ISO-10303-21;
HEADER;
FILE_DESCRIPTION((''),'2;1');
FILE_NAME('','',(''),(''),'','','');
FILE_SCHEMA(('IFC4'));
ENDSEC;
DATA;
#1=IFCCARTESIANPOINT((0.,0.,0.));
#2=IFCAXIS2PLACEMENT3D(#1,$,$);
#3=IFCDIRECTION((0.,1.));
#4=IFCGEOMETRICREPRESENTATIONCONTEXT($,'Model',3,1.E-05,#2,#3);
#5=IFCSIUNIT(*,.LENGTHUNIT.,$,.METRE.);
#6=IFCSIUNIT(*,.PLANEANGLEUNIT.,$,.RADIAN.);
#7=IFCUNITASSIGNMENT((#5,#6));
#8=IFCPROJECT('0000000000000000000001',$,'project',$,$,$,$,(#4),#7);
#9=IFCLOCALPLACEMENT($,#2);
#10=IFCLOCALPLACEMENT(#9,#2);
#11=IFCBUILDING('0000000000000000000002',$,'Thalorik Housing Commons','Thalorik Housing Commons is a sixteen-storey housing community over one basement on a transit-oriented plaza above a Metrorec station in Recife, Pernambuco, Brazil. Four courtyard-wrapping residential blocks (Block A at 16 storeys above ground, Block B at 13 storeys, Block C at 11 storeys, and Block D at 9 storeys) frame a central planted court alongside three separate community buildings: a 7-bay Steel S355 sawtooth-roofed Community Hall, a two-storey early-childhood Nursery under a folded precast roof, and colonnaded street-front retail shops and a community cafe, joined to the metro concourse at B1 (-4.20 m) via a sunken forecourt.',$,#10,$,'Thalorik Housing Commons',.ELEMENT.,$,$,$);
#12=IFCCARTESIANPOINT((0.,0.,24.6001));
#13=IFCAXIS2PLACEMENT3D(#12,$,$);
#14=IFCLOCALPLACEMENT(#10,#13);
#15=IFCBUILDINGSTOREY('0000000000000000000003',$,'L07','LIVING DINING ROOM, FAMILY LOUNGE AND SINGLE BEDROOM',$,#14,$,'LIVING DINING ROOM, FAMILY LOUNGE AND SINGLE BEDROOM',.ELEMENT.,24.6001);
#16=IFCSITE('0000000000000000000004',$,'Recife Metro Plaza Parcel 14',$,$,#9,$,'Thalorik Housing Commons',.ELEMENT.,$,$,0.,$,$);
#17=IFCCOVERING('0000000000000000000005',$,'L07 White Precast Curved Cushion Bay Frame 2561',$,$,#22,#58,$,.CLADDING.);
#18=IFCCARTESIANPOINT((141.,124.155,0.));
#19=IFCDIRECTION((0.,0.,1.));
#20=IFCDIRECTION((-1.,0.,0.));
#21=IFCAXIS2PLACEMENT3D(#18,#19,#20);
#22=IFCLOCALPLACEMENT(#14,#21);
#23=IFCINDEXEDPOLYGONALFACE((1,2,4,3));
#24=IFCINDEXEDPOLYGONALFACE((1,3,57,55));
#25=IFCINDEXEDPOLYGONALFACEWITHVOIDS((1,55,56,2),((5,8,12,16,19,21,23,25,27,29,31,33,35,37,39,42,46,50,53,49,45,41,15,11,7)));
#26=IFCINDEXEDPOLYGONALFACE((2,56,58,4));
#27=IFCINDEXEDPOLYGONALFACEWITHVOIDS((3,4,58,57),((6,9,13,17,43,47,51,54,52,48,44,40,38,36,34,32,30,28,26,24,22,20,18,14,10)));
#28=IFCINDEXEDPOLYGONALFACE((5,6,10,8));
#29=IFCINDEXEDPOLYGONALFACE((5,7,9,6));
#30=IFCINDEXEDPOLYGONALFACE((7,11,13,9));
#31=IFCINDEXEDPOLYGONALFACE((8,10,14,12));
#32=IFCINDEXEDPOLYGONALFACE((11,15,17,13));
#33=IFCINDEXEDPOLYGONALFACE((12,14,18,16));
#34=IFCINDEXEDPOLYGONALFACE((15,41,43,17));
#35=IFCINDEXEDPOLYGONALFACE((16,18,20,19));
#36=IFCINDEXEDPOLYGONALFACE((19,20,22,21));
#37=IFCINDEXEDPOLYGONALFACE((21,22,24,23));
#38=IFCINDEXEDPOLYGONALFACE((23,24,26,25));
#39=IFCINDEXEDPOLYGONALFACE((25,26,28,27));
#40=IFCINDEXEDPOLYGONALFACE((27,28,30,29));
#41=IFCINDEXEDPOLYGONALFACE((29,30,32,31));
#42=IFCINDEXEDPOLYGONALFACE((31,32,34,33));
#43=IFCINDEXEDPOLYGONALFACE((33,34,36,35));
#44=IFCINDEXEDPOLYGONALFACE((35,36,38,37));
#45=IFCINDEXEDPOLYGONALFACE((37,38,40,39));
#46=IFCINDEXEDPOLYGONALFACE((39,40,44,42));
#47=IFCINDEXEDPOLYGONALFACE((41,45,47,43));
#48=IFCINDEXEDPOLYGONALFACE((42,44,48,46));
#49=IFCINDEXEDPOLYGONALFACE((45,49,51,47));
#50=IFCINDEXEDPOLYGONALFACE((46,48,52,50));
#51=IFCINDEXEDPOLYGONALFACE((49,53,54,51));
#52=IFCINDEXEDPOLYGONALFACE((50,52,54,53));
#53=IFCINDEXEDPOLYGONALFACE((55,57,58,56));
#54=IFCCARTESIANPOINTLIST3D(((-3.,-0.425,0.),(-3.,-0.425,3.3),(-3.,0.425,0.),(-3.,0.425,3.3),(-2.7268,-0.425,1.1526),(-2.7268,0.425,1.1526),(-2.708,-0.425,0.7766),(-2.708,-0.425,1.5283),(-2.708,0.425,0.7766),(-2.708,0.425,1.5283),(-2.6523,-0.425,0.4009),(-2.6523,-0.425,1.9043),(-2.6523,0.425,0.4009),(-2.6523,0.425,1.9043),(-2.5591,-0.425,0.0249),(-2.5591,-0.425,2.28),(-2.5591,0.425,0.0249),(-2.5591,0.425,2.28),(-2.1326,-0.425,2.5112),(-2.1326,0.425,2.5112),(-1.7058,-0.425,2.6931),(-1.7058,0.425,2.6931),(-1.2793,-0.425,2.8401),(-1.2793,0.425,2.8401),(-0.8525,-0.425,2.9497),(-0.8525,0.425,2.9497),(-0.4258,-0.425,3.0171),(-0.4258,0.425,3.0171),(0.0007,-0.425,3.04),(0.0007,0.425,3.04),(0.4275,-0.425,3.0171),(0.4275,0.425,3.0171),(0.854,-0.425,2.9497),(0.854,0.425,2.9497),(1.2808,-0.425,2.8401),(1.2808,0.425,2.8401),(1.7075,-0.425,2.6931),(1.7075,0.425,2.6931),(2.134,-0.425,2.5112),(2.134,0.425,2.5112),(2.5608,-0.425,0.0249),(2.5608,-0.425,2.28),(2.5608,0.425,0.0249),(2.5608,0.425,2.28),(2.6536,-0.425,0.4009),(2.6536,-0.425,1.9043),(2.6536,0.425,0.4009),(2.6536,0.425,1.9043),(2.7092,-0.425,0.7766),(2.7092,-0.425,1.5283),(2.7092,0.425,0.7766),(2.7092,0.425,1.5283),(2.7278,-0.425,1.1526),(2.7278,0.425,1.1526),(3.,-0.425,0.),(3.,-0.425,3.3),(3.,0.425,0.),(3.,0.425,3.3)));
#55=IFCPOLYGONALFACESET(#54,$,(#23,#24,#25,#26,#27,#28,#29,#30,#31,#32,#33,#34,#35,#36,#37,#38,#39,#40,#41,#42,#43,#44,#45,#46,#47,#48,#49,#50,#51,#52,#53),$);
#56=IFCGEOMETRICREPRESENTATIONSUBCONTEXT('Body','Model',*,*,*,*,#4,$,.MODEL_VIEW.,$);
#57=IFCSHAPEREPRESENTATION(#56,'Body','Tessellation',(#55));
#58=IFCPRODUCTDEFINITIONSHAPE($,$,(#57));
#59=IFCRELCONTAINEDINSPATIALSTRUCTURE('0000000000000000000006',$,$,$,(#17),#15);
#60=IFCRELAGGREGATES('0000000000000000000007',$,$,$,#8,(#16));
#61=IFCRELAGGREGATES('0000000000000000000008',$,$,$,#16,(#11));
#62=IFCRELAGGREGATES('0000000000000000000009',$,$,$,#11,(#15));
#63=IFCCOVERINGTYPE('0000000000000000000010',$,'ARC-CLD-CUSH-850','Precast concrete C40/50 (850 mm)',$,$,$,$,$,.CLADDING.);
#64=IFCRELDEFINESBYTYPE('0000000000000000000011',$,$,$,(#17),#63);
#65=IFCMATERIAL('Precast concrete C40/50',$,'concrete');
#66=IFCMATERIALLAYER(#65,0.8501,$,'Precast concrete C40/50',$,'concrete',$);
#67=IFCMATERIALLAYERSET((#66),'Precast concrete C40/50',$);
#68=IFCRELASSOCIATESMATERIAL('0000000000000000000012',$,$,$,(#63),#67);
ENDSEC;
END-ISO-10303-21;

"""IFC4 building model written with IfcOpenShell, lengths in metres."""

from ifc_helpers import new_model, si_unit, direction, frame, origin, place, context, subcontext, project, spatial, polyline, outline, extrude, material, layer, layer_set, type_object, element, save


model = new_model("IFC4")

# Units and contexts
model_context = context("Model", 3, precision=1e-05, world=origin(), true_north=direction((0.0, 1.0)))
body_context = subcontext(model_context, "Body", "Model", "MODEL_VIEW")
ifc_project = project(units=[si_unit("LENGTHUNIT", "METRE"), si_unit("PLANEANGLEUNIT", "RADIAN")], contexts=[model_context])

# Site, building, storey
site_placement = place(None, origin())
site = spatial("IfcSite", under=ifc_project, at=site_placement, Name="Recife Metro Plaza Parcel 14", LongName="Thalorik Housing Commons", CompositionType="ELEMENT", RefElevation=0.0)
building_placement = place(site_placement, origin())
building = spatial("IfcBuilding", under=site, at=building_placement, Name="Thalorik Housing Commons", Description="Thalorik Housing Commons is a sixteen-storey housing community over one basement on a transit-oriented plaza above a Metrorec station in Recife, Pernambuco, Brazil. Four courtyard-wrapping residential blocks (Block A at 16 storeys above ground, Block B at 13 storeys, Block C at 11 storeys, and Block D at 9 storeys) frame a central planted court alongside three separate community buildings: a 7-bay Steel S355 sawtooth-roofed Community Hall, a two-storey early-childhood Nursery under a folded precast roof, and colonnaded street-front retail shops and a community cafe, joined to the metro concourse at B1 (-4.20 m) via a sunken forecourt.", LongName="Thalorik Housing Commons", CompositionType="ELEMENT")
storey_placement = place(building_placement, frame((0.0, 0.0, 24.6001)))
storey = spatial("IfcBuildingStorey", under=building, at=storey_placement, Name="L07", Description="LIVING DINING ROOM, FAMILY LOUNGE AND SINGLE BEDROOM", LongName="LIVING DINING ROOM, FAMILY LOUNGE AND SINGLE BEDROOM", CompositionType="ELEMENT", Elevation=24.6001)

# Shared definitions
ifc_material_1 = material(Name="Precast concrete C40/50", Category="concrete")

# Covering
ifc_layer_1 = layer(ifc_material_1, 0.8501, Name="Precast concrete C40/50", Category="concrete")
ifc_layer_set_1 = layer_set([ifc_layer_1], Name="Precast concrete C40/50")
covering_type_1 = type_object("IfcCoveringType", Name="ARC-CLD-CUSH-850", Description="Precast concrete C40/50 (850 mm)", PredefinedType="CLADDING", material=ifc_layer_set_1)
covering_1_placement = place(storey_placement, frame((141.0, 124.155, 0.0), z_axis=(0.0, 0.0, 1.0), x_axis=(-1.0, 0.0, 0.0)))
element("IfcCovering", 1, at=covering_1_placement, inside=storey, type_object=covering_type_1, Name="L07 White Precast Curved Cushion Bay Frame 2561", PredefinedType="CLADDING", context=body_context, shape_type="SweptSolid", body=[
    extrude(outline(polyline([(-3.0, 0.0), (3.0, 0.0), (3.0, 3.3), (-3.0, 3.3), (-3.0, 0.0)]), holes=[polyline([(2.5608, 0.0249), (2.6536, 0.4009), (2.7092, 0.7766), (2.7278, 1.1526), (2.7092, 1.5283), (2.6536, 1.9043), (2.5608, 2.28), (2.134, 2.5112), (1.7075, 2.6931), (1.2808, 2.8401), (0.854, 2.9497), (0.4275, 3.0171), (0.0007, 3.04), (-0.4258, 3.0171), (-0.8525, 2.9497), (-1.2793, 2.8401), (-1.7058, 2.6931), (-2.1326, 2.5112), (-2.5591, 2.28), (-2.6523, 1.9043), (-2.708, 1.5283), (-2.7268, 1.1526), (-2.708, 0.7766), (-2.6523, 0.4009), (-2.5591, 0.0249), (2.5608, 0.0249)])]), frame((0.0, 0.425, 0.0), z_axis=(0.0, -1.0, 0.0), x_axis=(1.0, 0.0, 0.0)), (0.0, 0.0, 1.0), 0.8501),
])

save(model, "model.ifc")
